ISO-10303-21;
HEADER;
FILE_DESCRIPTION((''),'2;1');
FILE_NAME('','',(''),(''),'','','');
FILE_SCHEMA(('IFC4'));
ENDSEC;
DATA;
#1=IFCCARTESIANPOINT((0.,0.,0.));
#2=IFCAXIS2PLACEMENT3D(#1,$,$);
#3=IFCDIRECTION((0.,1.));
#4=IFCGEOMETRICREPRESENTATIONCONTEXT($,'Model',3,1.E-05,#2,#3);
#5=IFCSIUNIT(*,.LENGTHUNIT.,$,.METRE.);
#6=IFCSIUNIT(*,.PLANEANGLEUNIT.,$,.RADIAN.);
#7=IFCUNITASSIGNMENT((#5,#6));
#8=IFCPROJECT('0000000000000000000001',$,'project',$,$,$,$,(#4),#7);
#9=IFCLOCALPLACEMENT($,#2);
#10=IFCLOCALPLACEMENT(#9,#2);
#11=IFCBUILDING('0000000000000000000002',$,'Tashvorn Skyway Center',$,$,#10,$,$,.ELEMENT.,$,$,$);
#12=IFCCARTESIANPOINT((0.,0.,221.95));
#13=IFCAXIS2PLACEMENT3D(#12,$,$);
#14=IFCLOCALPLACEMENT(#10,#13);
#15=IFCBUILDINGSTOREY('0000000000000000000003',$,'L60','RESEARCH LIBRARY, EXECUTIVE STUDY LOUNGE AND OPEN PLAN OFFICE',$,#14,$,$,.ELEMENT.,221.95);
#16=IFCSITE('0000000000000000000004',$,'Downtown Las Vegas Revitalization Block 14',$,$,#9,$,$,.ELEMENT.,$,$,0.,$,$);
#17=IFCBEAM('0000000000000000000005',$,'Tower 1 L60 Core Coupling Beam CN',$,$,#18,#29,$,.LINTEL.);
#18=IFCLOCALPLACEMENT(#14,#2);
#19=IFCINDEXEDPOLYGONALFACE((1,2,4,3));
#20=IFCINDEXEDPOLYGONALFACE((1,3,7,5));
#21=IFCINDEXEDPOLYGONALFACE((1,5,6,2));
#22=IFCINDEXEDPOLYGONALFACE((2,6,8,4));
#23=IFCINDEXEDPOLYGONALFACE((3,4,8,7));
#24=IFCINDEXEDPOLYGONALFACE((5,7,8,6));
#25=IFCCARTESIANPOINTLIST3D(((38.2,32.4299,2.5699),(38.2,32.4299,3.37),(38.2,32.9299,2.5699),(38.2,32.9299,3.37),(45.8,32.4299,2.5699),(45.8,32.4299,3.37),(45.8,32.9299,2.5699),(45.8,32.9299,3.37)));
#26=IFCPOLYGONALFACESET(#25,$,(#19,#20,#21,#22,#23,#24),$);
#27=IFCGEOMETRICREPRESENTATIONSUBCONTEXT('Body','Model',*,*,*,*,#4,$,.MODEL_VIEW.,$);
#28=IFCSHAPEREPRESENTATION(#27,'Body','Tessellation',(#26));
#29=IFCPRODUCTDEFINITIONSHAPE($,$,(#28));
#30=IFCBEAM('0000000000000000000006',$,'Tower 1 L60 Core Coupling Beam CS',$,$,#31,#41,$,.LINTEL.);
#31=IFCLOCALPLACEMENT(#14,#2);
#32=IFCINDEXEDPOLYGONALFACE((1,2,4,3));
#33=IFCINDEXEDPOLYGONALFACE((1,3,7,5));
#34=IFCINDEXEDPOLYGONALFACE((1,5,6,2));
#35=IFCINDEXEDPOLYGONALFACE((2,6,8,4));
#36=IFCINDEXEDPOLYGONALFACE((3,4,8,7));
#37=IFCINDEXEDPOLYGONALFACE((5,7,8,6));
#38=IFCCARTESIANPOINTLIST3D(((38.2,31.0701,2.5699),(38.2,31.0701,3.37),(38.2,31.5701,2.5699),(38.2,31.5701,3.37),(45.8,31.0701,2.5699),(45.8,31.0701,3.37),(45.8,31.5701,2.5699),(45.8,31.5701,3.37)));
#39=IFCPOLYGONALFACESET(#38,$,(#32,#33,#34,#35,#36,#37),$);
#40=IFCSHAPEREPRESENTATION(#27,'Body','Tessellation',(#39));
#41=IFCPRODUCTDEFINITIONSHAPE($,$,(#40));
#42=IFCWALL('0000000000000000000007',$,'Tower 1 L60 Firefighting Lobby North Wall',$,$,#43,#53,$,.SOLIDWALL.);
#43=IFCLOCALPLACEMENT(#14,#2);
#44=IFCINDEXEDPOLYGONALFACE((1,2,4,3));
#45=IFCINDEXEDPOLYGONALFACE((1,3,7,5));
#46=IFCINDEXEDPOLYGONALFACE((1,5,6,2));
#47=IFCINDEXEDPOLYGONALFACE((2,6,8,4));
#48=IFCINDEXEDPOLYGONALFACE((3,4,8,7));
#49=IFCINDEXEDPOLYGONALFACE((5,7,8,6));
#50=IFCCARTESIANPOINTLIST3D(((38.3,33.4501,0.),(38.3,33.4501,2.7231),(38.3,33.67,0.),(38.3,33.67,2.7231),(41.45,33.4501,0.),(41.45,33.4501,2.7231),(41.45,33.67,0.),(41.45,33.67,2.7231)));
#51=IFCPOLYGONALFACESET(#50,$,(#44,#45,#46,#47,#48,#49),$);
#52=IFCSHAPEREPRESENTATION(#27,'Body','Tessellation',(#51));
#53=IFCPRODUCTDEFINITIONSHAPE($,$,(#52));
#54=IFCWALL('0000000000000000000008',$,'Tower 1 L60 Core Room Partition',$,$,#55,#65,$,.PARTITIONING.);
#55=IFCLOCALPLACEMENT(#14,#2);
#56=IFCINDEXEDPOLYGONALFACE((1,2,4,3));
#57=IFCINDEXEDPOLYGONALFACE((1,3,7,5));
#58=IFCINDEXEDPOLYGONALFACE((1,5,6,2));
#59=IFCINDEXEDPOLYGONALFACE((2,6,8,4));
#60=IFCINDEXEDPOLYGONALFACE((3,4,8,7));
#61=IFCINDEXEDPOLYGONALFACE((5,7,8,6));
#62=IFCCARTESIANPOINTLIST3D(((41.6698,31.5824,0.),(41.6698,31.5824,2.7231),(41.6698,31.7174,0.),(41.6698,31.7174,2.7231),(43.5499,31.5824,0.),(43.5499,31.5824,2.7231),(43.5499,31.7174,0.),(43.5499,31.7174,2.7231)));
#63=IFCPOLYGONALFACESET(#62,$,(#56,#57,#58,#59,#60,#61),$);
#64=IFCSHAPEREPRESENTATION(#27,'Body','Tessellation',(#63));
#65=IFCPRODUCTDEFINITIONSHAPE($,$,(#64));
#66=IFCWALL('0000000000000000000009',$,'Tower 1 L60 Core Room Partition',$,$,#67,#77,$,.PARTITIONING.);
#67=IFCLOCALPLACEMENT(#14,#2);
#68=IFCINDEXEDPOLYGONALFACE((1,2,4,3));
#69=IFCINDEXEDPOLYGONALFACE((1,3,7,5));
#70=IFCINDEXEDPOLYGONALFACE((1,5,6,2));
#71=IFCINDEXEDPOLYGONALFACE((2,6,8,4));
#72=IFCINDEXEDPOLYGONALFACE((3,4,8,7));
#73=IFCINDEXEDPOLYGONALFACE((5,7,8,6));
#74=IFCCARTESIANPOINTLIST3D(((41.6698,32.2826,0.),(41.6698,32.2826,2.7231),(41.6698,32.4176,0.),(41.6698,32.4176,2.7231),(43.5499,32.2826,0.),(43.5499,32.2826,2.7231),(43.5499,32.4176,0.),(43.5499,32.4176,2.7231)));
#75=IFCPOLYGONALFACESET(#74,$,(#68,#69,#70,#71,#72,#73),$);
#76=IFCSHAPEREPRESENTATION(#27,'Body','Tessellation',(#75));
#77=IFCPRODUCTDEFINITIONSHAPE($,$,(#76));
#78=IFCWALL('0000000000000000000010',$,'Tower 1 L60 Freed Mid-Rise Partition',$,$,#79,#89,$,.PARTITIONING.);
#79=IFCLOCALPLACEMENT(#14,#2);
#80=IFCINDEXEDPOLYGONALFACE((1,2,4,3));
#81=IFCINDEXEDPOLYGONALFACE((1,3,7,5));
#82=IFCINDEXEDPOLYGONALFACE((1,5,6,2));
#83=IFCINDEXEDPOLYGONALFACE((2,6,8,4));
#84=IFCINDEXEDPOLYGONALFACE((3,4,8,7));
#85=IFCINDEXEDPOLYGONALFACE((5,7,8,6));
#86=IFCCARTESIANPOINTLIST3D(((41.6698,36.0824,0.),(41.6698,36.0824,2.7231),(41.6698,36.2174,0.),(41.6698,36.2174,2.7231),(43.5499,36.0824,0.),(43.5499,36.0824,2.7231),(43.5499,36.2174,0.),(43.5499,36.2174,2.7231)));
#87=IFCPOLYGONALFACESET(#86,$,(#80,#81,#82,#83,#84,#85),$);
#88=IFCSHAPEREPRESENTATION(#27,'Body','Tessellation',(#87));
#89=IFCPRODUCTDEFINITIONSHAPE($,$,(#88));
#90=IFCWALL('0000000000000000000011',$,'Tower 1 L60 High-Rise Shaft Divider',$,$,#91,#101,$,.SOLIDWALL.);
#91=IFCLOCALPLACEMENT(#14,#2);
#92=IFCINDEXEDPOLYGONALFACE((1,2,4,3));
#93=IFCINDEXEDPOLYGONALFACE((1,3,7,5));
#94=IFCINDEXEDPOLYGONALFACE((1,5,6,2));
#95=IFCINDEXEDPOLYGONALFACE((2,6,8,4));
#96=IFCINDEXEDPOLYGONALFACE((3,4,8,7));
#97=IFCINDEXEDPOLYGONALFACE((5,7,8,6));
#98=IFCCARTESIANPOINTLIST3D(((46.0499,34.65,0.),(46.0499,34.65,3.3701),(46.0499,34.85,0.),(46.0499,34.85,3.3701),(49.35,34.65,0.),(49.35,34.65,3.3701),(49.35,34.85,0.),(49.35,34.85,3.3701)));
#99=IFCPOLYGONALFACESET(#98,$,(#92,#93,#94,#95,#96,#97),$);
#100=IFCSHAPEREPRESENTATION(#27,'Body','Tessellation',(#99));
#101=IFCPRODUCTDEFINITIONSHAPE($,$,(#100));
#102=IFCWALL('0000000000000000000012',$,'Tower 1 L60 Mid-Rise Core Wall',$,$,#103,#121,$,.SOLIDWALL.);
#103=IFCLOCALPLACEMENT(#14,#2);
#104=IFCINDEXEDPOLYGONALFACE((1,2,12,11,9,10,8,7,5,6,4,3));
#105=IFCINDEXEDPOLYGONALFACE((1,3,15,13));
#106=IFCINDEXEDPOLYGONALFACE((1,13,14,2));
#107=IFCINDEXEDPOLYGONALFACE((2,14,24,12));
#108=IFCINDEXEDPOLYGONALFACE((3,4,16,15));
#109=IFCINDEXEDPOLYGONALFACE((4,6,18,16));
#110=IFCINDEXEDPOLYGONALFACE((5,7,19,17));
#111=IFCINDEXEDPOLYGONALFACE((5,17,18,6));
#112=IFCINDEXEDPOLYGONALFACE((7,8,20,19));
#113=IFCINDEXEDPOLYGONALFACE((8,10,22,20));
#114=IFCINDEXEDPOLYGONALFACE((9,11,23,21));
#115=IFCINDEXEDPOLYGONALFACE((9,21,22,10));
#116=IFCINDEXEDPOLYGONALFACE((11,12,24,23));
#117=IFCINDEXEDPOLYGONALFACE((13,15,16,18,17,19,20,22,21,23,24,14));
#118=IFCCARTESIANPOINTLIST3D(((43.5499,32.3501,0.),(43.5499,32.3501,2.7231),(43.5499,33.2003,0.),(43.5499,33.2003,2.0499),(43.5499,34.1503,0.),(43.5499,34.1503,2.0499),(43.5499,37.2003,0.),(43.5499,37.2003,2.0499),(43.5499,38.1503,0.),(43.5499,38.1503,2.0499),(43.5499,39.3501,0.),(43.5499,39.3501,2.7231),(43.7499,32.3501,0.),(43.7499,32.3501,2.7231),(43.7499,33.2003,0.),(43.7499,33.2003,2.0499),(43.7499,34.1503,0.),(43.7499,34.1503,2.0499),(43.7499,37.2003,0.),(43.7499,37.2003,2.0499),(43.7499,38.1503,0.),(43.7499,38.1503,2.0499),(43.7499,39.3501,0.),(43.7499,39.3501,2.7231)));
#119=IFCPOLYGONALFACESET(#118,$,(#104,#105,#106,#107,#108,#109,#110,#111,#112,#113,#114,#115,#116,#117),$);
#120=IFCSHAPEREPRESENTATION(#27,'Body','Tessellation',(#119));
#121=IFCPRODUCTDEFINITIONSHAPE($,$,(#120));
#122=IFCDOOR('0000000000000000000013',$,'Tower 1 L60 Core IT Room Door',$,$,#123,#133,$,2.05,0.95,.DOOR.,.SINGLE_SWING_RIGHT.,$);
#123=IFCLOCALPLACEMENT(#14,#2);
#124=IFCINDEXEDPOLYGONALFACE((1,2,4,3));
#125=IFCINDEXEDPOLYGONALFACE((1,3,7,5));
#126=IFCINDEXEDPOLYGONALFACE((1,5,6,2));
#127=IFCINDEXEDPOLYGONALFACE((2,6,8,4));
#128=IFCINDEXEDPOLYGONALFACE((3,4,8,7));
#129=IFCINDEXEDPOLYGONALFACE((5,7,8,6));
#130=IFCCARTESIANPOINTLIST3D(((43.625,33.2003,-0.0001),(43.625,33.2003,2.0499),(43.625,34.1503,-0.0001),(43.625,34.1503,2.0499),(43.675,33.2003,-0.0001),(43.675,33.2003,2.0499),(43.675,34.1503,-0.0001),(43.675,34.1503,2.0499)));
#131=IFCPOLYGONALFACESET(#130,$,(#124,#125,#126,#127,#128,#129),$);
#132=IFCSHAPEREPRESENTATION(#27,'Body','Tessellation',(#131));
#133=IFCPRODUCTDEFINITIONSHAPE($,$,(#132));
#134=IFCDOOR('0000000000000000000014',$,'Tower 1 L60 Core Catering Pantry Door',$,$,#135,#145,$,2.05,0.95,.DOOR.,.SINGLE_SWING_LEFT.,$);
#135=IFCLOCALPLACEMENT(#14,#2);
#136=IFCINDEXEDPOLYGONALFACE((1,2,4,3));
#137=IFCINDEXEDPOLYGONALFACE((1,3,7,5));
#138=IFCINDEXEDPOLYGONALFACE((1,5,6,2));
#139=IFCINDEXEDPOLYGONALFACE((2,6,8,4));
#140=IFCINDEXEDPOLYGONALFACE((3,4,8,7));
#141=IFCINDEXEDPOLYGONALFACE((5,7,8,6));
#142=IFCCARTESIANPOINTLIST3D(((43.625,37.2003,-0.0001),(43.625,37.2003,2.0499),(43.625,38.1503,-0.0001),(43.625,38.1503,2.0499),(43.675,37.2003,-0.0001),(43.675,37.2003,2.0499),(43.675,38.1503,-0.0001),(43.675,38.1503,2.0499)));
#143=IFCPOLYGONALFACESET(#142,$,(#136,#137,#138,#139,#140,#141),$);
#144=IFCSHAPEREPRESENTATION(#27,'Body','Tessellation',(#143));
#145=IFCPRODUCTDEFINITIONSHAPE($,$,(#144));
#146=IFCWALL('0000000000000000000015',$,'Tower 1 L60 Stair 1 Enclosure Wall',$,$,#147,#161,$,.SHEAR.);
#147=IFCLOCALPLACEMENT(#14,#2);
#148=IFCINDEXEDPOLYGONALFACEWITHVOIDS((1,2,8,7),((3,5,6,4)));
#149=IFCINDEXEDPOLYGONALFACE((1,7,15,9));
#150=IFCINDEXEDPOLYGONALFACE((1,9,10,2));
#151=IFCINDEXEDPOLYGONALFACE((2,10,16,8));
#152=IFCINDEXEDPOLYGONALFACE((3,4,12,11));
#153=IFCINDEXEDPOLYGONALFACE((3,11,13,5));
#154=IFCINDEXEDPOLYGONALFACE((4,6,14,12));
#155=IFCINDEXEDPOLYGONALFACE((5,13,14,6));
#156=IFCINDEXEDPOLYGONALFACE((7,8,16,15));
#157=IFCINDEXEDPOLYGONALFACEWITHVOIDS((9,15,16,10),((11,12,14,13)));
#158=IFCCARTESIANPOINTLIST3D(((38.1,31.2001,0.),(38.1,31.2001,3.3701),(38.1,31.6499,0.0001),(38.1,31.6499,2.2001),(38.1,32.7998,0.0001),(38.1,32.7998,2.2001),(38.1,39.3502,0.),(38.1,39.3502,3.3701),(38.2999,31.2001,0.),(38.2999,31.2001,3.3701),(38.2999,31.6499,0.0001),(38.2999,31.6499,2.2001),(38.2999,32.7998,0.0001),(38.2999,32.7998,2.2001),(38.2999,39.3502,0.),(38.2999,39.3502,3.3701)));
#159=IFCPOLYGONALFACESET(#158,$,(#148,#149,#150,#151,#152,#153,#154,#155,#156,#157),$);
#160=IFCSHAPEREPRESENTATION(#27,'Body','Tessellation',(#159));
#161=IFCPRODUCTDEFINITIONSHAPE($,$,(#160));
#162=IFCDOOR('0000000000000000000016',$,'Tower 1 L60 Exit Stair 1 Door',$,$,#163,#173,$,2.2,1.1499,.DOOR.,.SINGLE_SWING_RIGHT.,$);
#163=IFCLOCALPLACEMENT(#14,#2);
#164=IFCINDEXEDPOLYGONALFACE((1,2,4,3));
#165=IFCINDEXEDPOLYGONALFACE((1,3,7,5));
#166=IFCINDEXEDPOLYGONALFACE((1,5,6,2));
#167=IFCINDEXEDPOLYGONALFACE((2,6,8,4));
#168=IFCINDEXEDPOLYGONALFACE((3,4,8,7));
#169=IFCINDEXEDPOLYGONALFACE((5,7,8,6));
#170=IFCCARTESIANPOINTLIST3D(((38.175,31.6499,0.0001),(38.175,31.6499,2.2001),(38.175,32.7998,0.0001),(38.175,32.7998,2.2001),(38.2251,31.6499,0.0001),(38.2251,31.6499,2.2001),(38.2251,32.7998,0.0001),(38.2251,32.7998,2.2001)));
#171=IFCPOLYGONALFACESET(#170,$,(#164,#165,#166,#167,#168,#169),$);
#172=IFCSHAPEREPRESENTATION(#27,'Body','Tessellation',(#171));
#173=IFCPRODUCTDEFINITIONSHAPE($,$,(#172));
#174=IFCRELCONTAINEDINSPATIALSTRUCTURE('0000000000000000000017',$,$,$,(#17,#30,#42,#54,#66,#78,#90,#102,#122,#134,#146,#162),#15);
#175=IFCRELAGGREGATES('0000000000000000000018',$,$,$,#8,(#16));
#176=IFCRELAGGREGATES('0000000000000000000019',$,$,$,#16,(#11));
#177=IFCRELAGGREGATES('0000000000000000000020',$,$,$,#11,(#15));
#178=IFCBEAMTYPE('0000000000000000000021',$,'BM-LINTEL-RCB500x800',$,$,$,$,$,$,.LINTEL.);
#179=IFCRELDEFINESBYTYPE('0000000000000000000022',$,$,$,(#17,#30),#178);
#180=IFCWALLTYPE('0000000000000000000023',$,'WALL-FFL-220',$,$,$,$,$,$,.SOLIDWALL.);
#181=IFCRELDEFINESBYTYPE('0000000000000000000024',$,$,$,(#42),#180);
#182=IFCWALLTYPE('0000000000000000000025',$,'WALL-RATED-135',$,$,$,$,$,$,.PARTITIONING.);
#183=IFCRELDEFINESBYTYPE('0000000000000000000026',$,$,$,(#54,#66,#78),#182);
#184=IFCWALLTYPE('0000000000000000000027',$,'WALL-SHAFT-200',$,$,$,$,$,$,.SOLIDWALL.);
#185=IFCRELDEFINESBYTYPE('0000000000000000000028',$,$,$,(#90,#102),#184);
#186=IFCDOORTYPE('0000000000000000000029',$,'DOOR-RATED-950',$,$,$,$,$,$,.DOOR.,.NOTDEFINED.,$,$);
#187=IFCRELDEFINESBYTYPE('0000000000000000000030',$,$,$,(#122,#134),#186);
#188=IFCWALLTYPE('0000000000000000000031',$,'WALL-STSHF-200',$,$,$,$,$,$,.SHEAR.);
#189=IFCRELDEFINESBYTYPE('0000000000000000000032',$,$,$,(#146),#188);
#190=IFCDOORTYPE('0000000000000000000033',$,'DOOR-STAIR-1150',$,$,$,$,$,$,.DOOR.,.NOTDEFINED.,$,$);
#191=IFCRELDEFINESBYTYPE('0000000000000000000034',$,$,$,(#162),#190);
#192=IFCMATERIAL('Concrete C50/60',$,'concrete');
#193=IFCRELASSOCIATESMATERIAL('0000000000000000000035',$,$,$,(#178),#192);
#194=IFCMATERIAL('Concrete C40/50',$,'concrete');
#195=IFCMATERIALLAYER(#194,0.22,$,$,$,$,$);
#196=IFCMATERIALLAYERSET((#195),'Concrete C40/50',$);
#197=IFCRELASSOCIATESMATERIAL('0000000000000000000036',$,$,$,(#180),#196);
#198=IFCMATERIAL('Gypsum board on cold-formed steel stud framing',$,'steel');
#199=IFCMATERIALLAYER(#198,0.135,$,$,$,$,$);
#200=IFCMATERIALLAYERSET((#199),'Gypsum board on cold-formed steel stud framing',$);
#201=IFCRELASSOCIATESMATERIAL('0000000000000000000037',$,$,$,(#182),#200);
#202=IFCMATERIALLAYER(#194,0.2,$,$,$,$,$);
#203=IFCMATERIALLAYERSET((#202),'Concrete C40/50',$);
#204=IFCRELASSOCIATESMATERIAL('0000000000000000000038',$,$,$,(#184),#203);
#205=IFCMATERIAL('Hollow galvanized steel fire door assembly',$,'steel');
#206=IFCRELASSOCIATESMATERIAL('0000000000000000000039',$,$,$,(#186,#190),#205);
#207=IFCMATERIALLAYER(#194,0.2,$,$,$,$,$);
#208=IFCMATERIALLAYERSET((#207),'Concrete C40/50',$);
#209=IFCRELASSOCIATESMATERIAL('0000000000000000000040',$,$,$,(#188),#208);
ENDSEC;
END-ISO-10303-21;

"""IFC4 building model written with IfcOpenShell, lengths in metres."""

from ifc_helpers import new_model, si_unit, direction, frame, frame_2d, origin, origin_2d, place, context, subcontext, project, spatial, rectangle, extrude, material, layer, layer_set, material_profile, profile_set, type_object, element, fill, save


model = new_model("IFC4")

# Units and contexts
model_context = context("Model", 3, precision=1e-05, world=origin(), true_north=direction((0.0, 1.0)))
body_context = subcontext(model_context, "Body", "Model", "MODEL_VIEW")
ifc_project = project(units=[si_unit("LENGTHUNIT", "METRE"), si_unit("PLANEANGLEUNIT", "RADIAN")], contexts=[model_context])

# Site, building, storey
site_placement = place(None, origin())
site = spatial("IfcSite", under=ifc_project, at=site_placement, Name="Downtown Las Vegas Revitalization Block 14", CompositionType="ELEMENT", RefElevation=0.0)
building_placement = place(site_placement, origin())
building = spatial("IfcBuilding", under=site, at=building_placement, Name="Tashvorn Skyway Center", CompositionType="ELEMENT")
storey_placement = place(building_placement, frame((0.0, 0.0, 221.95)))
storey = spatial("IfcBuildingStorey", under=building, at=storey_placement, Name="L60", Description="RESEARCH LIBRARY, EXECUTIVE STUDY LOUNGE AND OPEN PLAN OFFICE", CompositionType="ELEMENT", Elevation=221.95)

# Beams
ifc_material_1 = material(Name="Concrete C50/60", Category="concrete")
ifc_material_profile = material_profile(ifc_material_1, rectangle(XDim=0.5, YDim=0.8, at=origin_2d()), Name="RCB500x800")
ifc_profile_set = profile_set([ifc_material_profile], Name="Concrete C50/60")
beam_type = type_object("IfcBeamType", Name="BM-LINTEL-RCB500x800", PredefinedType="LINTEL", material=ifc_profile_set)
for number, where, z_axis, x_axis, name in (
    (1, (38.2, 32.6799, 2.97), (1.0, 0.0, 0.0), (0.0, 1.0, 0.0), "Tower 1 L60 Core Coupling Beam CN"),
    (2, (38.2, 31.3201, 2.97), (1.0, 0.0, 0.0), (0.0, 1.0, 0.0), "Tower 1 L60 Core Coupling Beam CS"),
):
    element("IfcBeam", number, at=place(storey_placement, frame(where, z_axis=z_axis, x_axis=x_axis)), inside=storey, type_object=beam_type, Name=name, PredefinedType="LINTEL", context=body_context, shape_type="SweptSolid", body=[
        extrude(rectangle(XDim=0.5, YDim=0.8, at=origin_2d()), origin(), (0.0, 0.0, 1.0), 7.6001),
    ])

# Walls
ifc_material_2 = material(Name="Concrete C40/50", Category="concrete")
ifc_layer_1 = layer(ifc_material_2, 0.22)
ifc_layer_set_1 = layer_set([ifc_layer_1], Name="Concrete C40/50")
wall_type_1 = type_object("IfcWallType", Name="WALL-FFL-220", PredefinedType="SOLIDWALL", material=ifc_layer_set_1)
wall_1_placement = place(storey_placement, frame((38.3, 33.5601, 0.0), z_axis=(0.0, 0.0, 1.0), x_axis=(1.0, 0.0, 0.0)))
element("IfcWall", 3, at=wall_1_placement, inside=storey, type_object=wall_type_1, Name="Tower 1 L60 Firefighting Lobby North Wall", PredefinedType="SOLIDWALL", context=body_context, shape_type="SweptSolid", body=[
    extrude(rectangle(XDim=3.1499, YDim=0.22, at=frame_2d((1.575, 0.0))), origin(), (0.0, 0.0, 1.0), 2.7231),
])
ifc_material_3 = material(Name="Gypsum board on cold-formed steel stud framing", Category="steel")
ifc_layer_2 = layer(ifc_material_3, 0.135)
ifc_layer_set_2 = layer_set([ifc_layer_2], Name="Gypsum board on cold-formed steel stud framing")
wall_type_2 = type_object("IfcWallType", Name="WALL-RATED-135", PredefinedType="PARTITIONING", material=ifc_layer_set_2)
for number, where, z_axis, x_axis, name in (
    (4, (41.6699, 31.6499, 0.0), (0.0, 0.0, 1.0), (1.0, 0.0, 0.0), "Tower 1 L60 Core Room Partition"),
    (5, (41.6699, 32.3501, 0.0), (0.0, 0.0, 1.0), (1.0, 0.0, 0.0), "Tower 1 L60 Core Room Partition"),
    (6, (41.6699, 36.1499, 0.0), (0.0, 0.0, 1.0), (1.0, 0.0, 0.0), "Tower 1 L60 Freed Mid-Rise Partition"),
):
    element("IfcWall", number, at=place(storey_placement, frame(where, z_axis=z_axis, x_axis=x_axis)), inside=storey, type_object=wall_type_2, Name=name, PredefinedType="PARTITIONING", context=body_context, shape_type="SweptSolid", body=[
        extrude(rectangle(XDim=1.8801, YDim=0.135, at=frame_2d((0.9399, 0.0))), origin(), (0.0, 0.0, 1.0), 2.7231),
    ])
ifc_layer_3 = layer(ifc_material_2, 0.2)
ifc_layer_set_3 = layer_set([ifc_layer_3], Name="Concrete C40/50")
wall_type_3 = type_object("IfcWallType", Name="WALL-SHAFT-200", PredefinedType="SOLIDWALL", material=ifc_layer_set_3)
wall_2_placement = place(storey_placement, frame((46.05, 34.75, 0.0), z_axis=(0.0, 0.0, 1.0), x_axis=(1.0, 0.0, 0.0)))
element("IfcWall", 7, at=wall_2_placement, inside=storey, type_object=wall_type_3, Name="Tower 1 L60 High-Rise Shaft Divider", PredefinedType="SOLIDWALL", context=body_context, shape_type="SweptSolid", body=[
    extrude(rectangle(XDim=3.3, YDim=0.2, at=frame_2d((1.6499, 0.0))), origin(), (0.0, 0.0, 1.0), 3.3701),
])

# Wall, openings, doors
wall_3_placement = place(storey_placement, frame((43.6499, 32.3501, 0.0), z_axis=(0.0, 0.0, 1.0), x_axis=(0.0, 1.0, 0.0)))
wall_3 = element("IfcWall", 8, at=wall_3_placement, inside=storey, type_object=wall_type_3, Name="Tower 1 L60 Mid-Rise Core Wall", PredefinedType="SOLIDWALL", context=body_context, shape_type="SweptSolid", body=[
    extrude(rectangle(XDim=7.0, YDim=0.2, at=frame_2d((3.5, 0.0))), origin(), (0.0, 0.0, 1.0), 2.7231),
])
opening_1_placement = place(wall_3_placement, frame((0.8501, 0.0, 0.0)))
opening_1 = element("IfcOpeningElement", 9, at=opening_1_placement, cuts=wall_3, PredefinedType="OPENING", context=body_context, shape_type="SweptSolid", body=[
    extrude(rectangle(XDim=0.95, YDim=2.05, at=frame_2d((0.4751, 1.0249))), frame((0.0, 0.1099, 0.0), z_axis=(0.0, -1.0, 0.0), x_axis=(1.0, 0.0, 0.0)), (0.0, 0.0, 1.0), 0.22),
])
opening_2_placement = place(wall_3_placement, frame((4.8501, 0.0, 0.0)))
opening_2 = element("IfcOpeningElement", 10, at=opening_2_placement, cuts=wall_3, PredefinedType="OPENING", context=body_context, shape_type="SweptSolid", body=[
    extrude(rectangle(XDim=0.95, YDim=2.05, at=frame_2d((0.4751, 1.0249))), frame((0.0, 0.1099, 0.0), z_axis=(0.0, -1.0, 0.0), x_axis=(1.0, 0.0, 0.0)), (0.0, 0.0, 1.0), 0.22),
])
ifc_material_4 = material(Name="Hollow galvanized steel fire door assembly", Category="steel")
door_type_1 = type_object("IfcDoorType", Name="DOOR-RATED-950", OperationType="NOTDEFINED", PredefinedType="DOOR", material=ifc_material_4)
door_1_placement = place(opening_1_placement, origin())
door_1 = element("IfcDoor", 11, at=door_1_placement, inside=storey, type_object=door_type_1, Name="Tower 1 L60 Core IT Room Door", OperationType="SINGLE_SWING_RIGHT", OverallHeight=2.05, OverallWidth=0.95, PredefinedType="DOOR", context=body_context, shape_type="SweptSolid", body=[
    extrude(rectangle(XDim=0.95, YDim=2.05, at=frame_2d((0.4751, 1.0249))), frame((0.0, 0.0249, 0.0), z_axis=(0.0, -1.0, 0.0), x_axis=(1.0, 0.0, 0.0)), (0.0, 0.0, 1.0), 0.05),
])
fill(opening_1, door_1)
door_2_placement = place(opening_2_placement, origin())
door_2 = element("IfcDoor", 12, at=door_2_placement, inside=storey, type_object=door_type_1, Name="Tower 1 L60 Core Catering Pantry Door", OperationType="SINGLE_SWING_LEFT", OverallHeight=2.05, OverallWidth=0.95, PredefinedType="DOOR", context=body_context, shape_type="SweptSolid", body=[
    extrude(rectangle(XDim=0.95, YDim=2.05, at=frame_2d((0.4751, 1.0249))), frame((0.0, 0.0249, 0.0), z_axis=(0.0, -1.0, 0.0), x_axis=(1.0, 0.0, 0.0)), (0.0, 0.0, 1.0), 0.05),
])
fill(opening_2, door_2)

# Wall, opening, door
ifc_layer_4 = layer(ifc_material_2, 0.2)
ifc_layer_set_4 = layer_set([ifc_layer_4], Name="Concrete C40/50")
wall_type_4 = type_object("IfcWallType", Name="WALL-STSHF-200", PredefinedType="SHEAR", material=ifc_layer_set_4)
wall_4_placement = place(storey_placement, frame((38.2, 31.2, 0.0), z_axis=(0.0, 0.0, 1.0), x_axis=(0.0, 1.0, 0.0)))
wall_4 = element("IfcWall", 13, at=wall_4_placement, inside=storey, type_object=wall_type_4, Name="Tower 1 L60 Stair 1 Enclosure Wall", PredefinedType="SHEAR", context=body_context, shape_type="SweptSolid", body=[
    extrude(rectangle(XDim=8.1501, YDim=0.2, at=frame_2d((4.0752, 0.0))), origin(), (0.0, 0.0, 1.0), 3.3701),
])
opening_3_placement = place(wall_4_placement, frame((0.45, 0.0, 0.0)))
opening_3 = element("IfcOpeningElement", 14, at=opening_3_placement, cuts=wall_4, PredefinedType="OPENING", context=body_context, shape_type="SweptSolid", body=[
    extrude(rectangle(XDim=1.1499, YDim=2.2, at=frame_2d((0.575, 1.1001))), frame((0.0, 0.1099, 0.0), z_axis=(0.0, -1.0, 0.0), x_axis=(1.0, 0.0, 0.0)), (0.0, 0.0, 1.0), 0.22),
])
door_type_2 = type_object("IfcDoorType", Name="DOOR-STAIR-1150", OperationType="NOTDEFINED", PredefinedType="DOOR", material=ifc_material_4)
door_3_placement = place(opening_3_placement, origin())
door_3 = element("IfcDoor", 15, at=door_3_placement, inside=storey, type_object=door_type_2, Name="Tower 1 L60 Exit Stair 1 Door", OperationType="SINGLE_SWING_RIGHT", OverallHeight=2.2, OverallWidth=1.1499, PredefinedType="DOOR", context=body_context, shape_type="SweptSolid", body=[
    extrude(rectangle(XDim=1.1499, YDim=2.2, at=frame_2d((0.575, 1.1001))), frame((0.0, 0.0249, 0.0), z_axis=(0.0, -1.0, 0.0), x_axis=(1.0, 0.0, 0.0)), (0.0, 0.0, 1.0), 0.05),
])
fill(opening_3, door_3)

save(model, "model.ifc")
